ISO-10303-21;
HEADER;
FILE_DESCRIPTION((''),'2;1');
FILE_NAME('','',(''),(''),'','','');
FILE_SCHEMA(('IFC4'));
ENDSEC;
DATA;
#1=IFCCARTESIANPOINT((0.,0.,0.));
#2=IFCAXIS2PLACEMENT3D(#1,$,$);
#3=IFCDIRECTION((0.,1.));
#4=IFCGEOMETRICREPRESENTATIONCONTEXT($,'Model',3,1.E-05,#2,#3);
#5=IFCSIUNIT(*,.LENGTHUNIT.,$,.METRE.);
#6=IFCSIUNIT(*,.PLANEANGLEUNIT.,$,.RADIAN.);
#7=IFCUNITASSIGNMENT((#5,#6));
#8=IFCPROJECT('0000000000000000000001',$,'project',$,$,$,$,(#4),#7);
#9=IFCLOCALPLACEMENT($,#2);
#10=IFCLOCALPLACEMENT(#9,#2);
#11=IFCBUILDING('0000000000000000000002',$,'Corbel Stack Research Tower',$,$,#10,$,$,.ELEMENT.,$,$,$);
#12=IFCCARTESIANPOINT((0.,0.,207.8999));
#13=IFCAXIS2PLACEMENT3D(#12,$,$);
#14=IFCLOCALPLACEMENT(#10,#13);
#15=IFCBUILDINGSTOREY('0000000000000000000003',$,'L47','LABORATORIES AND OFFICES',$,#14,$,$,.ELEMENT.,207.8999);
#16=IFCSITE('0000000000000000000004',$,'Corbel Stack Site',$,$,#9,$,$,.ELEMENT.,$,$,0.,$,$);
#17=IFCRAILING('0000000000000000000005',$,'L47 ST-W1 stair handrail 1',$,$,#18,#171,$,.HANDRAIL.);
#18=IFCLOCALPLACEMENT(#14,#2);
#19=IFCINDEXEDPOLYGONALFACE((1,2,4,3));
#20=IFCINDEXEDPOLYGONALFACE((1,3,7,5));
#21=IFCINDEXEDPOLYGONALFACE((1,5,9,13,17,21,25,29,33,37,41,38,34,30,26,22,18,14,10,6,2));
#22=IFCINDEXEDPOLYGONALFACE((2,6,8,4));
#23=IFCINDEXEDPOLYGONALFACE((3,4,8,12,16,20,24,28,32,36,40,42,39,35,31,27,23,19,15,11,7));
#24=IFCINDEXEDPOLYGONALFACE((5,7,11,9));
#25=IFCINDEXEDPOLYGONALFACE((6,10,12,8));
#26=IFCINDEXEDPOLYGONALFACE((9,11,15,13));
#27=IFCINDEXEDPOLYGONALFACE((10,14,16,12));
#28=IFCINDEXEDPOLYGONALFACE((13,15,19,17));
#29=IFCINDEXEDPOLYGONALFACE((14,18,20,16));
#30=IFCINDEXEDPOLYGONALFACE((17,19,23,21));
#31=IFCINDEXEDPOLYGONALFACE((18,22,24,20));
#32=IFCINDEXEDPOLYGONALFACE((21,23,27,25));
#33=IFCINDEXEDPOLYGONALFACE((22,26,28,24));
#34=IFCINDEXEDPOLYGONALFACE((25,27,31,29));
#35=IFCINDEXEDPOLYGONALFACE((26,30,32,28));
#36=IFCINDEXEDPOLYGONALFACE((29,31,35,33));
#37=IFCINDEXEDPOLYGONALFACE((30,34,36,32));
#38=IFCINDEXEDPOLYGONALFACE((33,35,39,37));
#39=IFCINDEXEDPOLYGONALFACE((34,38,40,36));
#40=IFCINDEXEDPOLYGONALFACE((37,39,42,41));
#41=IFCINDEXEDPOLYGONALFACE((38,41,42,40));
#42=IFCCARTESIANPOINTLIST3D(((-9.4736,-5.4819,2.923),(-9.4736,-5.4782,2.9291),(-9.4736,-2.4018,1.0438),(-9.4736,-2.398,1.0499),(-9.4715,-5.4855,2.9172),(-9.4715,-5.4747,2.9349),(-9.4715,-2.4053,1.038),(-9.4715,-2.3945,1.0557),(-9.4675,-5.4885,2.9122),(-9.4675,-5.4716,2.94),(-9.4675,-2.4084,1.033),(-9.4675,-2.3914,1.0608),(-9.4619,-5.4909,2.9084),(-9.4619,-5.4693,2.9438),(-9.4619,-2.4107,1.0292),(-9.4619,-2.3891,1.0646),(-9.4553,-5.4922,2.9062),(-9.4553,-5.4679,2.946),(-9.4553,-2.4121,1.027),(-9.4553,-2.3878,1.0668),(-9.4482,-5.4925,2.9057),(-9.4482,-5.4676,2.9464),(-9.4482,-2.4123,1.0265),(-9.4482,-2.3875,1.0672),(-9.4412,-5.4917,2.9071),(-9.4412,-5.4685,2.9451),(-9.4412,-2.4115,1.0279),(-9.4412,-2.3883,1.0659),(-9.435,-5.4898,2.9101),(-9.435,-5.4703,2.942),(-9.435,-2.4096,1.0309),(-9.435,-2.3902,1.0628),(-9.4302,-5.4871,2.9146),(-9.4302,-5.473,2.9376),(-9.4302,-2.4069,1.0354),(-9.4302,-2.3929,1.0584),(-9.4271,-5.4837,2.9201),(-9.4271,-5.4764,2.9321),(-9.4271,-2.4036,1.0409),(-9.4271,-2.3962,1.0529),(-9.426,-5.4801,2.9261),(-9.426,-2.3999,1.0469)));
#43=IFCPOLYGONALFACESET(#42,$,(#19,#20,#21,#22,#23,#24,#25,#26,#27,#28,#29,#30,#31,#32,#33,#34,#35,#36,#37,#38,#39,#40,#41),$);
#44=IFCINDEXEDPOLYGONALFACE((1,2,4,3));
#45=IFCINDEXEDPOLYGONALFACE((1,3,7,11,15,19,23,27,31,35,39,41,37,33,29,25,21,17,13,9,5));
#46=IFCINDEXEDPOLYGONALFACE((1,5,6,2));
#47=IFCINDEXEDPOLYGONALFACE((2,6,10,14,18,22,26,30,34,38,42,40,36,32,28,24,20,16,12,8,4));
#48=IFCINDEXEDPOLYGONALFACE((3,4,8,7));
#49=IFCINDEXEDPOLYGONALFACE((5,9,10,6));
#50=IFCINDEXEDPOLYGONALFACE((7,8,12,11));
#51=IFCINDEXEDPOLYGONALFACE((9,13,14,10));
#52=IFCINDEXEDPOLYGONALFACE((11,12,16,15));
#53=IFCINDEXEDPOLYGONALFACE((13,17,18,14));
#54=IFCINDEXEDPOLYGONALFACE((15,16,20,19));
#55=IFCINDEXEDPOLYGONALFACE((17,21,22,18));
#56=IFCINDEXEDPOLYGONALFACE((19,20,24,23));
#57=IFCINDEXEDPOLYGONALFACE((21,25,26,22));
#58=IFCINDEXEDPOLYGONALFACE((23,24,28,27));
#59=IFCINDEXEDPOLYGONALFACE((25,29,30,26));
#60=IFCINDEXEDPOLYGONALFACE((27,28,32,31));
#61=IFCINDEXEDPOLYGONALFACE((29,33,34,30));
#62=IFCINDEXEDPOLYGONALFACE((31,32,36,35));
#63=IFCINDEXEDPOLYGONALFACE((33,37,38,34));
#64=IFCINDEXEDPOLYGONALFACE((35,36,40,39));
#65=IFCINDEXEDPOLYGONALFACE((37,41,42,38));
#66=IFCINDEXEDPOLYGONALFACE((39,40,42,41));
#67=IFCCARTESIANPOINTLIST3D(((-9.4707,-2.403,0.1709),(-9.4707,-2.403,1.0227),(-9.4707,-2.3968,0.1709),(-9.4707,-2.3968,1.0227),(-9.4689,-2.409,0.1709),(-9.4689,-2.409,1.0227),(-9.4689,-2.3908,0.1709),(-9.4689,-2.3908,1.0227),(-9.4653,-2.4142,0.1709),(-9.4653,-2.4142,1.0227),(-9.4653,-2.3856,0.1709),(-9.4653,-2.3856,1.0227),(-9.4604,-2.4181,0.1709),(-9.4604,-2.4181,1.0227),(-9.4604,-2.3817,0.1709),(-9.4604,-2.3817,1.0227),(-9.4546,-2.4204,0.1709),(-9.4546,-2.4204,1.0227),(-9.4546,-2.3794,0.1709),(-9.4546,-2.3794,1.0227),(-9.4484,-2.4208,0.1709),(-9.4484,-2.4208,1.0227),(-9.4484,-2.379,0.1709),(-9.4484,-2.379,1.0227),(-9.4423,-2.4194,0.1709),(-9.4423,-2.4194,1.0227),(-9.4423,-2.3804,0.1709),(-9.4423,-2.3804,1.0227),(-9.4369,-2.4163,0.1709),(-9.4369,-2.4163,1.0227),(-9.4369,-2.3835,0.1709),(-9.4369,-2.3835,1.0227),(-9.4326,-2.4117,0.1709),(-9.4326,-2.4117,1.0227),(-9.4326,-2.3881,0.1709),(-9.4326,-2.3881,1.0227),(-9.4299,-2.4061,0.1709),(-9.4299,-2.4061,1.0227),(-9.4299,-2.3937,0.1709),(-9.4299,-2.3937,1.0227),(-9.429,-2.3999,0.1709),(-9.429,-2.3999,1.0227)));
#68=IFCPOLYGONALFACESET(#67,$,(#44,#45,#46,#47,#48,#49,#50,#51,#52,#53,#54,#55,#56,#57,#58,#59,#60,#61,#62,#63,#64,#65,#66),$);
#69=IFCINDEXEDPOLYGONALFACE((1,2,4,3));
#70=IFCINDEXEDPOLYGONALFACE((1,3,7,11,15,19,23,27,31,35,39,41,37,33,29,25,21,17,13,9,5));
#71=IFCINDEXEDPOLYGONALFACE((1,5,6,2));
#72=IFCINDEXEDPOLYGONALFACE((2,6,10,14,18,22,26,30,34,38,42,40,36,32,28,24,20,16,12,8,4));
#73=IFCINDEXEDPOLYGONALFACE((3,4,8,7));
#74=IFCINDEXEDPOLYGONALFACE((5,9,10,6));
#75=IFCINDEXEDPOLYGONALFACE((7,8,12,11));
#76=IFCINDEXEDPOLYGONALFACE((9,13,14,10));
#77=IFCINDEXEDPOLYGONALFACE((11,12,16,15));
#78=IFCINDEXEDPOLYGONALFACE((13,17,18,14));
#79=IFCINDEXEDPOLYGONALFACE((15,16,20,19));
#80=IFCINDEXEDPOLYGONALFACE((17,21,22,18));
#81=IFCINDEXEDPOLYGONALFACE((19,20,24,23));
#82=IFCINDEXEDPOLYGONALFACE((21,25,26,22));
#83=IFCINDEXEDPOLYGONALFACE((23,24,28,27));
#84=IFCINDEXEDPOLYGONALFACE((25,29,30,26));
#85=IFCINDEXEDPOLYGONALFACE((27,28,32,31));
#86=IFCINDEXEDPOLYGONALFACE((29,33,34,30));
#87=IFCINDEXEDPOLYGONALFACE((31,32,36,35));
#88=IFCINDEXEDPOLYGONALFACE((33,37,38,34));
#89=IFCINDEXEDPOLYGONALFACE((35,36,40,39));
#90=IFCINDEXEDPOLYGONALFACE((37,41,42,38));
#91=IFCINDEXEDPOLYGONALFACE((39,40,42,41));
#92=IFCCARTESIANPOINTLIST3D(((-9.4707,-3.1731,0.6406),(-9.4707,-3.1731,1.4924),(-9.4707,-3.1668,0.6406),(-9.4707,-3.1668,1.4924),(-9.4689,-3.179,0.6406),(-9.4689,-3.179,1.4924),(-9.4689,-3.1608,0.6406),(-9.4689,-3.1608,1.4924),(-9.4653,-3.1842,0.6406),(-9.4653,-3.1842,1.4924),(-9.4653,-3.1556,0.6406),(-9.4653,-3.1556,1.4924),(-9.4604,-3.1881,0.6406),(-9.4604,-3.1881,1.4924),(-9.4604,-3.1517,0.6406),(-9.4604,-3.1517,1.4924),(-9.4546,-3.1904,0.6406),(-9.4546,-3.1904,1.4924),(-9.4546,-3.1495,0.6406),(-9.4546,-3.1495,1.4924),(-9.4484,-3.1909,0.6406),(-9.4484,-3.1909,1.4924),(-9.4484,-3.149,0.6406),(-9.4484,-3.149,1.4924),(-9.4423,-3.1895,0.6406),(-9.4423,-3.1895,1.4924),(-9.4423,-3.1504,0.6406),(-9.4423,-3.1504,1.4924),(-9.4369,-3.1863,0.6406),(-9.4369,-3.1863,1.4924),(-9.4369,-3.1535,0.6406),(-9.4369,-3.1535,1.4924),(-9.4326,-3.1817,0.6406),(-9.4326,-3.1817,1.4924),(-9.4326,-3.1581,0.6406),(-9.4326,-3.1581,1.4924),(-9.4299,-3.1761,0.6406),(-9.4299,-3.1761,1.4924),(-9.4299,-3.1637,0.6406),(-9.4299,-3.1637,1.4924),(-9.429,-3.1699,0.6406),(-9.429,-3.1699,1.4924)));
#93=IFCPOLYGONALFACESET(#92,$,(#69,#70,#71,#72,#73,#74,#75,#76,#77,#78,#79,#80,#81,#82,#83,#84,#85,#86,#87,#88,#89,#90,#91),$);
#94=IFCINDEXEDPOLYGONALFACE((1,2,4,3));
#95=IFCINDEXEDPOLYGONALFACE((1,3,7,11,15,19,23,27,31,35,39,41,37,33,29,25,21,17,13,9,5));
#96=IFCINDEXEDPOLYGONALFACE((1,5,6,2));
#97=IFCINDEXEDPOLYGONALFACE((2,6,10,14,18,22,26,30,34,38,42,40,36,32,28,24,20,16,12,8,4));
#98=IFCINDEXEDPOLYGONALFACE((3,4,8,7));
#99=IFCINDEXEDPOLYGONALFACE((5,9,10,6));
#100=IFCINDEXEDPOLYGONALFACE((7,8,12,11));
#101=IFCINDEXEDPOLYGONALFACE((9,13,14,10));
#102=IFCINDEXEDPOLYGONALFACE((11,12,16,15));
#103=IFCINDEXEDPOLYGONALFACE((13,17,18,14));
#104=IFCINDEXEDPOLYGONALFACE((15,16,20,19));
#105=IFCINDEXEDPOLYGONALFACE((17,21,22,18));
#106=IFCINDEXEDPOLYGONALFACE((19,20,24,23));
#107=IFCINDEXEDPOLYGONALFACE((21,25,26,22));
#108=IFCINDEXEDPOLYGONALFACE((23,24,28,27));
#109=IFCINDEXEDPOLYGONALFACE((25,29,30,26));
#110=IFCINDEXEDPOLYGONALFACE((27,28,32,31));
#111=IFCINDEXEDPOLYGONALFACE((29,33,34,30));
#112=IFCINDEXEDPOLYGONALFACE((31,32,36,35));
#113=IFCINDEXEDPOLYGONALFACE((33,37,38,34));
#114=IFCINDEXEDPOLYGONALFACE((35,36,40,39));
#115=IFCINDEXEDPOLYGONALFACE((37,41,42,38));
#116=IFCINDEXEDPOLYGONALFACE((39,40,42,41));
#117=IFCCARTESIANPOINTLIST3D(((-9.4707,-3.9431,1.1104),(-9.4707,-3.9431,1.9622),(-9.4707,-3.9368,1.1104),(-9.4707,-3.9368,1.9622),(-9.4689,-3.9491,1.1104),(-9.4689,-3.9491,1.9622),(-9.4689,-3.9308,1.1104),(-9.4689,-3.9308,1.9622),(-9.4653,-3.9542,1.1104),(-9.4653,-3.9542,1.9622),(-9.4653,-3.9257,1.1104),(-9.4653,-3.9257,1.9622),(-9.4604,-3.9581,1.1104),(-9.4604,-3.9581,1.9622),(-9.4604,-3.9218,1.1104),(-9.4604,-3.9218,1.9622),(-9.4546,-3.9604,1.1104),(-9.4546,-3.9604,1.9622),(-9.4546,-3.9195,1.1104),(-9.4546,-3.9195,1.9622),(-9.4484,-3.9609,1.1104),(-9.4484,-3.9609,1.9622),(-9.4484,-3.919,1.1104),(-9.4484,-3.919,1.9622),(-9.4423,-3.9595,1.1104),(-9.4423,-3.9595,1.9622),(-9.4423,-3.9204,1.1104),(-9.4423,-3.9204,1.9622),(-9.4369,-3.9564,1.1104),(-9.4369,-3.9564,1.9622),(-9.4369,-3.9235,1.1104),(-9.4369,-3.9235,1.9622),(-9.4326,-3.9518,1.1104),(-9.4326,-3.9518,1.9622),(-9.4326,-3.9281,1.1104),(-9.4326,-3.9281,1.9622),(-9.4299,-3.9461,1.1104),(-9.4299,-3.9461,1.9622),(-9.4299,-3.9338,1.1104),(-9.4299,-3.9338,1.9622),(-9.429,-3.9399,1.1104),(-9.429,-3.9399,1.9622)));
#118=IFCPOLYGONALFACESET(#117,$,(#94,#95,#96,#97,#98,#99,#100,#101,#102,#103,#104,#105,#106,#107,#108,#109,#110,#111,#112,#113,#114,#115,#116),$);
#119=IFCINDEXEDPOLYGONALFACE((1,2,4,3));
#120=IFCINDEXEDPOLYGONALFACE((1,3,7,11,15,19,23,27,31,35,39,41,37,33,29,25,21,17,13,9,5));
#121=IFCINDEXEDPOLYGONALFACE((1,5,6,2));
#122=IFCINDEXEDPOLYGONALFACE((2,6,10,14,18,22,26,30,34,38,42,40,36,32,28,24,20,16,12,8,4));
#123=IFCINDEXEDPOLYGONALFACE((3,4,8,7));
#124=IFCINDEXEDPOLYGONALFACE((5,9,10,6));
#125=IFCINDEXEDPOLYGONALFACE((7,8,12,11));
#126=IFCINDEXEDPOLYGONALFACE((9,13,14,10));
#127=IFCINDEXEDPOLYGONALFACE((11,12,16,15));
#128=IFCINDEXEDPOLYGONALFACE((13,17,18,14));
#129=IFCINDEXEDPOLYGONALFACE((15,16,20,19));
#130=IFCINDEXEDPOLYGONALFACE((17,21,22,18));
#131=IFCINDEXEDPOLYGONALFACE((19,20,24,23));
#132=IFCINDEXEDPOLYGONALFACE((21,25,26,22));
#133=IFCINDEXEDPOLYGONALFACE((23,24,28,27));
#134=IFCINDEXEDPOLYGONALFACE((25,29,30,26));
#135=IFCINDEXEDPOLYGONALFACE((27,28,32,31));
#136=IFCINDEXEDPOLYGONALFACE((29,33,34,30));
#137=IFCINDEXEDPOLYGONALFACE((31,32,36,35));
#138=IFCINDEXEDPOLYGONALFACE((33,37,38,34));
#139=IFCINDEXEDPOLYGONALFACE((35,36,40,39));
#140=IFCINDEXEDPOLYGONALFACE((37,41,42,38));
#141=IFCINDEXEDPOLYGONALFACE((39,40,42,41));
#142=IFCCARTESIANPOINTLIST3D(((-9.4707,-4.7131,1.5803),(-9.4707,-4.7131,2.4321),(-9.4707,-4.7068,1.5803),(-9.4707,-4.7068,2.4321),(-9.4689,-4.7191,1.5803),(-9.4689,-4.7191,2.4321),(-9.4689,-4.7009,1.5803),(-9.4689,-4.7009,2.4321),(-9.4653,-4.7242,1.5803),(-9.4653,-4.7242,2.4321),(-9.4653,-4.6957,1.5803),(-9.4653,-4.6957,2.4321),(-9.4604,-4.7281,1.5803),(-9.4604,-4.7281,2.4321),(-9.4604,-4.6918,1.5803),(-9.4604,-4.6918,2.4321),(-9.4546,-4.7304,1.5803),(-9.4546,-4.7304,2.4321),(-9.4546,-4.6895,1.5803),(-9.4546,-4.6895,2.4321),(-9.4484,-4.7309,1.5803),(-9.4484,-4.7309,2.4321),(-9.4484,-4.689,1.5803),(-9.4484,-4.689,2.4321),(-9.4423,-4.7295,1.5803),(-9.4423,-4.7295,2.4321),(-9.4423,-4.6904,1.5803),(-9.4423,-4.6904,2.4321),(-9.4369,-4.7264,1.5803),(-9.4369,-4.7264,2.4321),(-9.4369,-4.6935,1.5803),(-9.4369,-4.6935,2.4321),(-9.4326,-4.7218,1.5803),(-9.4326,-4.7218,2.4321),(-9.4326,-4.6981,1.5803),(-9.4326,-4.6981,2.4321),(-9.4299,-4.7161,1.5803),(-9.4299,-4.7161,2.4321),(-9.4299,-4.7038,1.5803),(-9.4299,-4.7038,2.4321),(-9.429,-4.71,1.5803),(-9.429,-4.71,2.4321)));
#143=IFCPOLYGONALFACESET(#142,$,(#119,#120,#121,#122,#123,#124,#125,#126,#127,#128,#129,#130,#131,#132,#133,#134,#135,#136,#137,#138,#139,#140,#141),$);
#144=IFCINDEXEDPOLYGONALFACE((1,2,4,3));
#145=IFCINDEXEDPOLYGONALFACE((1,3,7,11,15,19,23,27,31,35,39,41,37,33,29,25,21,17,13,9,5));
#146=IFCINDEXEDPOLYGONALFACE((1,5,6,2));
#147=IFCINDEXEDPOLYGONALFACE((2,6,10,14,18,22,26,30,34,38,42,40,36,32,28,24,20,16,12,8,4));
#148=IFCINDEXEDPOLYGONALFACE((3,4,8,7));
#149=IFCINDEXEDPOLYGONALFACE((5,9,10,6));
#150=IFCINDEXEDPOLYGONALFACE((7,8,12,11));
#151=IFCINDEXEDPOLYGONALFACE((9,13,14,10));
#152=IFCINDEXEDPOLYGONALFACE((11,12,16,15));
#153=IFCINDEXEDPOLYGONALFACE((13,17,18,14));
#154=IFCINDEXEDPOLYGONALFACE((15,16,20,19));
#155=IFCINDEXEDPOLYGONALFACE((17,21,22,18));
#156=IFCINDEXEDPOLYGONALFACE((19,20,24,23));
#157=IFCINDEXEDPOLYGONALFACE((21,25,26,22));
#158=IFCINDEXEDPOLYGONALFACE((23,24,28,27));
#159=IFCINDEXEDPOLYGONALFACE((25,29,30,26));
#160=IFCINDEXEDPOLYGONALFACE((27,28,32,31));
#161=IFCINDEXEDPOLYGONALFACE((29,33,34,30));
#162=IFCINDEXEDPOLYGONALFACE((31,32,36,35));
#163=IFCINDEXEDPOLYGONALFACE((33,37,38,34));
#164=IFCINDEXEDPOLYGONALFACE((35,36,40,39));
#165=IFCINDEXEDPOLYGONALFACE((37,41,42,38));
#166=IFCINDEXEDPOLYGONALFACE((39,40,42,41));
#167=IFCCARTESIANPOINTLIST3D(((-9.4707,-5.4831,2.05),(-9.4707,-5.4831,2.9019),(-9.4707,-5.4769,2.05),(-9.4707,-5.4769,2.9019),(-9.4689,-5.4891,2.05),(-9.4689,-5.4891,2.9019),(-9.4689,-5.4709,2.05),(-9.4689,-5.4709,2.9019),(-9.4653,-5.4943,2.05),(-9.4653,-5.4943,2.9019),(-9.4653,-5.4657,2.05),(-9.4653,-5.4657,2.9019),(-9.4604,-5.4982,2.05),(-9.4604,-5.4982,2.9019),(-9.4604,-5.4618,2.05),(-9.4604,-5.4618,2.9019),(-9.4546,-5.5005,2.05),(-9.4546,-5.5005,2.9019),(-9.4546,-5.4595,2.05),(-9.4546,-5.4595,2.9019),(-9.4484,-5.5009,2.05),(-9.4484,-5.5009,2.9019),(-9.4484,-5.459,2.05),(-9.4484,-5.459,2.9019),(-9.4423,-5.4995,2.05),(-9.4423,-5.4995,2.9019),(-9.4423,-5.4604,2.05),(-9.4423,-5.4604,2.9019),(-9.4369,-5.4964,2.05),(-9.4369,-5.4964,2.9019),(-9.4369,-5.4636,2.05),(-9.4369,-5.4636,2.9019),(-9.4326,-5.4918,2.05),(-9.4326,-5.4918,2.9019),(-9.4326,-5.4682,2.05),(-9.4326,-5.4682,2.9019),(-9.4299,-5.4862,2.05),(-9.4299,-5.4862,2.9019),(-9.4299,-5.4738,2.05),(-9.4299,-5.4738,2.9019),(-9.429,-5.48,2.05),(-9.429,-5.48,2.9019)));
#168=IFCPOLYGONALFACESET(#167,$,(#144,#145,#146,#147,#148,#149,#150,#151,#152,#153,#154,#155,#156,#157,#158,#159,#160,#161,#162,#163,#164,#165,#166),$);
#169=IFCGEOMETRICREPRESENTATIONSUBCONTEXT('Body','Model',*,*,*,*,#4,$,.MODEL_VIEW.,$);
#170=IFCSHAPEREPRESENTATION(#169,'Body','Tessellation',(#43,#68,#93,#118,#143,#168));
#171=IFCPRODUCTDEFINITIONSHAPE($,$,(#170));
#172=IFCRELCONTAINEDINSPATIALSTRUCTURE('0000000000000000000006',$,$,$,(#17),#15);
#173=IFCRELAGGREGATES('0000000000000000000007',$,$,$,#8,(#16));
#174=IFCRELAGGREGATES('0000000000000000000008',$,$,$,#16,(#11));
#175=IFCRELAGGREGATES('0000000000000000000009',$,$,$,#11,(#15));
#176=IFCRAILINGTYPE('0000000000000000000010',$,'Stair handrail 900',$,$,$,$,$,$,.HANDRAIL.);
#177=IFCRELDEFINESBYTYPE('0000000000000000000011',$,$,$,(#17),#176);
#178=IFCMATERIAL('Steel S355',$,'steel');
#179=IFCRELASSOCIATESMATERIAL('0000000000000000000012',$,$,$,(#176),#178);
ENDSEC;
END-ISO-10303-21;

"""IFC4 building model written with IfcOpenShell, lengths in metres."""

from ifc_helpers import new_model, si_unit, direction, frame, origin, origin_2d, place, context, subcontext, project, spatial, circle, extrude, material, type_object, element, save


model = new_model("IFC4")

# Units and contexts
model_context = context("Model", 3, precision=1e-05, world=origin(), true_north=direction((0.0, 1.0)))
body_context = subcontext(model_context, "Body", "Model", "MODEL_VIEW")
ifc_project = project(units=[si_unit("LENGTHUNIT", "METRE"), si_unit("PLANEANGLEUNIT", "RADIAN")], contexts=[model_context])

# Site, building, storey
site_placement = place(None, origin())
site = spatial("IfcSite", under=ifc_project, at=site_placement, Name="Corbel Stack Site", CompositionType="ELEMENT", RefElevation=0.0)
building_placement = place(site_placement, origin())
building = spatial("IfcBuilding", under=site, at=building_placement, Name="Corbel Stack Research Tower", CompositionType="ELEMENT")
storey_placement = place(building_placement, frame((0.0, 0.0, 207.8999)))
storey = spatial("IfcBuildingStorey", under=building, at=storey_placement, Name="L47", Description="LABORATORIES AND OFFICES", CompositionType="ELEMENT", Elevation=207.8999)

# Railing
ifc_material_1 = material(Name="Steel S355", Category="steel")
railing_type_1 = type_object("IfcRailingType", Name="Stair handrail 900", PredefinedType="HANDRAIL", material=ifc_material_1)
railing_1_placement = place(storey_placement, frame((-9.45, -2.3999, 0.1709)))
element("IfcRailing", 1, at=railing_1_placement, inside=storey, type_object=railing_type_1, Name="L47 ST-W1 stair handrail 1", PredefinedType="HANDRAIL", context=body_context, shape_type="SweptSolid", body=[
    extrude(circle(Radius=0.0239, at=origin_2d()), frame((0.0, 0.0, 0.876), z_axis=(0.0, -0.853666, 0.52082), x_axis=(1.0, 0.0, 0.0)), (0.0, 0.0, 1.0), 3.6082),
    extrude(circle(Radius=0.021, at=origin_2d()), origin(), (0.0, 0.0, 1.0), 0.8518),
    extrude(circle(Radius=0.021, at=origin_2d()), frame((0.0, -0.77, 0.4697)), (0.0, 0.0, 1.0), 0.8518),
    extrude(circle(Radius=0.021, at=origin_2d()), frame((0.0, -1.54, 0.9395)), (0.0, 0.0, 1.0), 0.8518),
    extrude(circle(Radius=0.021, at=origin_2d()), frame((0.0, -2.3101, 1.4094)), (0.0, 0.0, 1.0), 0.8518),
    extrude(circle(Radius=0.021, at=origin_2d()), frame((0.0, -3.0801, 1.8792)), (0.0, 0.0, 1.0), 0.8518),
])

save(model, "model.ifc")
